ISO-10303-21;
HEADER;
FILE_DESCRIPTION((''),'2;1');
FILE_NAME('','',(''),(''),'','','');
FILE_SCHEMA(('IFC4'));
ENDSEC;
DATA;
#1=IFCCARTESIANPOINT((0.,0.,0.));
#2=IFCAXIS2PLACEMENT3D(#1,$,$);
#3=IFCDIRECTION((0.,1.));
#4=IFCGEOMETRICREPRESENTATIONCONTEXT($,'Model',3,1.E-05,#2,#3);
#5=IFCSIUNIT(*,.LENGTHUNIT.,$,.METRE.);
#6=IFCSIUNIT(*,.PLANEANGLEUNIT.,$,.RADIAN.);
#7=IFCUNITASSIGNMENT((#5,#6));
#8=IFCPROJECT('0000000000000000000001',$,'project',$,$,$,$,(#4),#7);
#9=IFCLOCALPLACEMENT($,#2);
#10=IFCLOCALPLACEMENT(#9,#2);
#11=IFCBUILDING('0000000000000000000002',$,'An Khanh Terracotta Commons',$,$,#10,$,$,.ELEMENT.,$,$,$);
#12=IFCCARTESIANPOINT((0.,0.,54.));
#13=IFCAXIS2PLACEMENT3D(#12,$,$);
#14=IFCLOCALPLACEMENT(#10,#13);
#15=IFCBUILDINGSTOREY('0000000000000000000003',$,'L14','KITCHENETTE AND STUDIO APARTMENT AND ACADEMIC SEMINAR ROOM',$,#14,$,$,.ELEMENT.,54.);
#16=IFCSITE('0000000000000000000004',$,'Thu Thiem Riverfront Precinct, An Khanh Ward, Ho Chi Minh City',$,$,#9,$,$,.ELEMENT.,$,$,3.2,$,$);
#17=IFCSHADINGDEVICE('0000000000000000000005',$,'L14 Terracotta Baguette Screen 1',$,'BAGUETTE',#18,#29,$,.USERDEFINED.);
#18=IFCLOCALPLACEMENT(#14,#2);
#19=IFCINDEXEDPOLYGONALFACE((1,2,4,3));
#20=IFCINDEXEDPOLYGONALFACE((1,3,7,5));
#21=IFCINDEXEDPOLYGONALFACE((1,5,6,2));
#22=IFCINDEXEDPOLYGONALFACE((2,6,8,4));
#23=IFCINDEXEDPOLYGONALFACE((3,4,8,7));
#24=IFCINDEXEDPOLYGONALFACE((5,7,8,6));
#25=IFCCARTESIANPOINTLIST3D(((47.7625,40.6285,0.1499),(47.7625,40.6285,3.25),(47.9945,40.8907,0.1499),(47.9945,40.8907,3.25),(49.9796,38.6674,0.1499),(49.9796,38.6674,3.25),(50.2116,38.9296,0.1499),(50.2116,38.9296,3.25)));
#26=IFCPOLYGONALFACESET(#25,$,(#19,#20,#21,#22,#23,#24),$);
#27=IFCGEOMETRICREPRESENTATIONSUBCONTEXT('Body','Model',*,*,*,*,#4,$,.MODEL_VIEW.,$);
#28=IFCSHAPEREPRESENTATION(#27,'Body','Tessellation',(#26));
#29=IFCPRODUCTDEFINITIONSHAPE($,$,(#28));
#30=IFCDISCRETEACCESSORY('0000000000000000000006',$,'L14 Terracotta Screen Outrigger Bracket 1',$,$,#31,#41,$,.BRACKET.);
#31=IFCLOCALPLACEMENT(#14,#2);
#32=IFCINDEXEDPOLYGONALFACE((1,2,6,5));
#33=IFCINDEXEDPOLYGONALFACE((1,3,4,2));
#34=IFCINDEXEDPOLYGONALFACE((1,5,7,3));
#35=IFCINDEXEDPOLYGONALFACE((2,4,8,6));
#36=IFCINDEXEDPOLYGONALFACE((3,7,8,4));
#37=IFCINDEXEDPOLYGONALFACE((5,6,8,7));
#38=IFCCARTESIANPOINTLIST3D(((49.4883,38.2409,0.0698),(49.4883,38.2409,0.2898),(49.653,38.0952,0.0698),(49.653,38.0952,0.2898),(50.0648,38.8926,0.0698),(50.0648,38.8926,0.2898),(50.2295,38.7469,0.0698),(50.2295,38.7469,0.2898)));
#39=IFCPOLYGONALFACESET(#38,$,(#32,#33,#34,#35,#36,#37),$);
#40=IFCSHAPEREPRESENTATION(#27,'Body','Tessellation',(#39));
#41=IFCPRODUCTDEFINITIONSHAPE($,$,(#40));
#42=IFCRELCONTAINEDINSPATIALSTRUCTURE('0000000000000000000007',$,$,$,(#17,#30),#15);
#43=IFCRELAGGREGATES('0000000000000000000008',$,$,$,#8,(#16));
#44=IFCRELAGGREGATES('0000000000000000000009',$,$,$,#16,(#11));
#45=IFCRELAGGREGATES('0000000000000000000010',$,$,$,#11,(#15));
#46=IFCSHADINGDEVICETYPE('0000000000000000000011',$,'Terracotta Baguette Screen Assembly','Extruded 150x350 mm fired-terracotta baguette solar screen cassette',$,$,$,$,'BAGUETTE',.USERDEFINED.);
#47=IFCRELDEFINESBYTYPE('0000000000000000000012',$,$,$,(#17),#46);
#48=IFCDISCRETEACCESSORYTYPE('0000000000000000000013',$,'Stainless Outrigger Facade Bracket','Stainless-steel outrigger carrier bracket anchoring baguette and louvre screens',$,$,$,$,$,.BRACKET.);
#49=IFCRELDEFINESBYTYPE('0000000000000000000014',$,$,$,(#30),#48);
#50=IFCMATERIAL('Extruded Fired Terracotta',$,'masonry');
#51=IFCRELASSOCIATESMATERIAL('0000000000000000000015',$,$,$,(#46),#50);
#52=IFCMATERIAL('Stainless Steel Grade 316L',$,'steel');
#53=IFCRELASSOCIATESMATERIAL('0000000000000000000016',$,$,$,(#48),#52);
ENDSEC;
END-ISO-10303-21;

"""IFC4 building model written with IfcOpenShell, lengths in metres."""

from ifc_helpers import new_model, si_unit, direction, frame, origin, origin_2d, place, context, subcontext, project, spatial, rectangle, extrude, material, type_object, element, save


model = new_model("IFC4")

# Units and contexts
model_context = context("Model", 3, precision=1e-05, world=origin(), true_north=direction((0.0, 1.0)))
body_context = subcontext(model_context, "Body", "Model", "MODEL_VIEW")
ifc_project = project(units=[si_unit("LENGTHUNIT", "METRE"), si_unit("PLANEANGLEUNIT", "RADIAN")], contexts=[model_context])

# Site, building, storey
site_placement = place(None, origin())
site = spatial("IfcSite", under=ifc_project, at=site_placement, Name="Thu Thiem Riverfront Precinct, An Khanh Ward, Ho Chi Minh City", CompositionType="ELEMENT", RefElevation=3.2)
building_placement = place(site_placement, origin())
building = spatial("IfcBuilding", under=site, at=building_placement, Name="An Khanh Terracotta Commons", CompositionType="ELEMENT")
storey_placement = place(building_placement, frame((0.0, 0.0, 54.0)))
storey = spatial("IfcBuildingStorey", under=building, at=storey_placement, Name="L14", Description="KITCHENETTE AND STUDIO APARTMENT AND ACADEMIC SEMINAR ROOM", CompositionType="ELEMENT", Elevation=54.0)

# Shading device
ifc_material_1 = material(Name="Extruded Fired Terracotta", Category="masonry")
shading_device_type = type_object("IfcShadingDeviceType", Name="Terracotta Baguette Screen Assembly", Description="Extruded 150x350 mm fired-terracotta baguette solar screen cassette", ElementType="BAGUETTE", PredefinedType="USERDEFINED", material=ifc_material_1)
shading_device_1_placement = place(storey_placement, frame((48.9871, 39.7791, 0.1499), z_axis=(0.0, 0.0, 1.0), x_axis=(-0.749019, 0.662548, 0.0)))
element("IfcShadingDevice", 1, at=shading_device_1_placement, inside=storey, type_object=shading_device_type, Name="L14 Terracotta Baguette Screen 1", ObjectType="BAGUETTE", PredefinedType="USERDEFINED", context=body_context, shape_type="SweptSolid", body=[
    extrude(rectangle(XDim=2.96, YDim=0.3501, at=origin_2d()), origin(), (0.0, 0.0, 1.0), 3.1001),
])

# Discrete accessory
ifc_material_2 = material(Name="Stainless Steel Grade 316L", Category="steel")
discrete_accessory_type = type_object("IfcDiscreteAccessoryType", Name="Stainless Outrigger Facade Bracket", Description="Stainless-steel outrigger carrier bracket anchoring baguette and louvre screens", PredefinedType="BRACKET", material=ifc_material_2)
discrete_accessory_placement = place(storey_placement, frame((49.8589, 38.4939, 0.0698), z_axis=(0.0, 0.0, 1.0), x_axis=(-0.749019, 0.662548, 0.0)))
element("IfcDiscreteAccessory", 2, at=discrete_accessory_placement, inside=storey, type_object=discrete_accessory_type, Name="L14 Terracotta Screen Outrigger Bracket 1", PredefinedType="BRACKET", context=body_context, shape_type="SweptSolid", body=[
    extrude(rectangle(XDim=0.22, YDim=0.8701, at=origin_2d()), origin(), (0.0, 0.0, 1.0), 0.22),
])

save(model, "model.ifc")
